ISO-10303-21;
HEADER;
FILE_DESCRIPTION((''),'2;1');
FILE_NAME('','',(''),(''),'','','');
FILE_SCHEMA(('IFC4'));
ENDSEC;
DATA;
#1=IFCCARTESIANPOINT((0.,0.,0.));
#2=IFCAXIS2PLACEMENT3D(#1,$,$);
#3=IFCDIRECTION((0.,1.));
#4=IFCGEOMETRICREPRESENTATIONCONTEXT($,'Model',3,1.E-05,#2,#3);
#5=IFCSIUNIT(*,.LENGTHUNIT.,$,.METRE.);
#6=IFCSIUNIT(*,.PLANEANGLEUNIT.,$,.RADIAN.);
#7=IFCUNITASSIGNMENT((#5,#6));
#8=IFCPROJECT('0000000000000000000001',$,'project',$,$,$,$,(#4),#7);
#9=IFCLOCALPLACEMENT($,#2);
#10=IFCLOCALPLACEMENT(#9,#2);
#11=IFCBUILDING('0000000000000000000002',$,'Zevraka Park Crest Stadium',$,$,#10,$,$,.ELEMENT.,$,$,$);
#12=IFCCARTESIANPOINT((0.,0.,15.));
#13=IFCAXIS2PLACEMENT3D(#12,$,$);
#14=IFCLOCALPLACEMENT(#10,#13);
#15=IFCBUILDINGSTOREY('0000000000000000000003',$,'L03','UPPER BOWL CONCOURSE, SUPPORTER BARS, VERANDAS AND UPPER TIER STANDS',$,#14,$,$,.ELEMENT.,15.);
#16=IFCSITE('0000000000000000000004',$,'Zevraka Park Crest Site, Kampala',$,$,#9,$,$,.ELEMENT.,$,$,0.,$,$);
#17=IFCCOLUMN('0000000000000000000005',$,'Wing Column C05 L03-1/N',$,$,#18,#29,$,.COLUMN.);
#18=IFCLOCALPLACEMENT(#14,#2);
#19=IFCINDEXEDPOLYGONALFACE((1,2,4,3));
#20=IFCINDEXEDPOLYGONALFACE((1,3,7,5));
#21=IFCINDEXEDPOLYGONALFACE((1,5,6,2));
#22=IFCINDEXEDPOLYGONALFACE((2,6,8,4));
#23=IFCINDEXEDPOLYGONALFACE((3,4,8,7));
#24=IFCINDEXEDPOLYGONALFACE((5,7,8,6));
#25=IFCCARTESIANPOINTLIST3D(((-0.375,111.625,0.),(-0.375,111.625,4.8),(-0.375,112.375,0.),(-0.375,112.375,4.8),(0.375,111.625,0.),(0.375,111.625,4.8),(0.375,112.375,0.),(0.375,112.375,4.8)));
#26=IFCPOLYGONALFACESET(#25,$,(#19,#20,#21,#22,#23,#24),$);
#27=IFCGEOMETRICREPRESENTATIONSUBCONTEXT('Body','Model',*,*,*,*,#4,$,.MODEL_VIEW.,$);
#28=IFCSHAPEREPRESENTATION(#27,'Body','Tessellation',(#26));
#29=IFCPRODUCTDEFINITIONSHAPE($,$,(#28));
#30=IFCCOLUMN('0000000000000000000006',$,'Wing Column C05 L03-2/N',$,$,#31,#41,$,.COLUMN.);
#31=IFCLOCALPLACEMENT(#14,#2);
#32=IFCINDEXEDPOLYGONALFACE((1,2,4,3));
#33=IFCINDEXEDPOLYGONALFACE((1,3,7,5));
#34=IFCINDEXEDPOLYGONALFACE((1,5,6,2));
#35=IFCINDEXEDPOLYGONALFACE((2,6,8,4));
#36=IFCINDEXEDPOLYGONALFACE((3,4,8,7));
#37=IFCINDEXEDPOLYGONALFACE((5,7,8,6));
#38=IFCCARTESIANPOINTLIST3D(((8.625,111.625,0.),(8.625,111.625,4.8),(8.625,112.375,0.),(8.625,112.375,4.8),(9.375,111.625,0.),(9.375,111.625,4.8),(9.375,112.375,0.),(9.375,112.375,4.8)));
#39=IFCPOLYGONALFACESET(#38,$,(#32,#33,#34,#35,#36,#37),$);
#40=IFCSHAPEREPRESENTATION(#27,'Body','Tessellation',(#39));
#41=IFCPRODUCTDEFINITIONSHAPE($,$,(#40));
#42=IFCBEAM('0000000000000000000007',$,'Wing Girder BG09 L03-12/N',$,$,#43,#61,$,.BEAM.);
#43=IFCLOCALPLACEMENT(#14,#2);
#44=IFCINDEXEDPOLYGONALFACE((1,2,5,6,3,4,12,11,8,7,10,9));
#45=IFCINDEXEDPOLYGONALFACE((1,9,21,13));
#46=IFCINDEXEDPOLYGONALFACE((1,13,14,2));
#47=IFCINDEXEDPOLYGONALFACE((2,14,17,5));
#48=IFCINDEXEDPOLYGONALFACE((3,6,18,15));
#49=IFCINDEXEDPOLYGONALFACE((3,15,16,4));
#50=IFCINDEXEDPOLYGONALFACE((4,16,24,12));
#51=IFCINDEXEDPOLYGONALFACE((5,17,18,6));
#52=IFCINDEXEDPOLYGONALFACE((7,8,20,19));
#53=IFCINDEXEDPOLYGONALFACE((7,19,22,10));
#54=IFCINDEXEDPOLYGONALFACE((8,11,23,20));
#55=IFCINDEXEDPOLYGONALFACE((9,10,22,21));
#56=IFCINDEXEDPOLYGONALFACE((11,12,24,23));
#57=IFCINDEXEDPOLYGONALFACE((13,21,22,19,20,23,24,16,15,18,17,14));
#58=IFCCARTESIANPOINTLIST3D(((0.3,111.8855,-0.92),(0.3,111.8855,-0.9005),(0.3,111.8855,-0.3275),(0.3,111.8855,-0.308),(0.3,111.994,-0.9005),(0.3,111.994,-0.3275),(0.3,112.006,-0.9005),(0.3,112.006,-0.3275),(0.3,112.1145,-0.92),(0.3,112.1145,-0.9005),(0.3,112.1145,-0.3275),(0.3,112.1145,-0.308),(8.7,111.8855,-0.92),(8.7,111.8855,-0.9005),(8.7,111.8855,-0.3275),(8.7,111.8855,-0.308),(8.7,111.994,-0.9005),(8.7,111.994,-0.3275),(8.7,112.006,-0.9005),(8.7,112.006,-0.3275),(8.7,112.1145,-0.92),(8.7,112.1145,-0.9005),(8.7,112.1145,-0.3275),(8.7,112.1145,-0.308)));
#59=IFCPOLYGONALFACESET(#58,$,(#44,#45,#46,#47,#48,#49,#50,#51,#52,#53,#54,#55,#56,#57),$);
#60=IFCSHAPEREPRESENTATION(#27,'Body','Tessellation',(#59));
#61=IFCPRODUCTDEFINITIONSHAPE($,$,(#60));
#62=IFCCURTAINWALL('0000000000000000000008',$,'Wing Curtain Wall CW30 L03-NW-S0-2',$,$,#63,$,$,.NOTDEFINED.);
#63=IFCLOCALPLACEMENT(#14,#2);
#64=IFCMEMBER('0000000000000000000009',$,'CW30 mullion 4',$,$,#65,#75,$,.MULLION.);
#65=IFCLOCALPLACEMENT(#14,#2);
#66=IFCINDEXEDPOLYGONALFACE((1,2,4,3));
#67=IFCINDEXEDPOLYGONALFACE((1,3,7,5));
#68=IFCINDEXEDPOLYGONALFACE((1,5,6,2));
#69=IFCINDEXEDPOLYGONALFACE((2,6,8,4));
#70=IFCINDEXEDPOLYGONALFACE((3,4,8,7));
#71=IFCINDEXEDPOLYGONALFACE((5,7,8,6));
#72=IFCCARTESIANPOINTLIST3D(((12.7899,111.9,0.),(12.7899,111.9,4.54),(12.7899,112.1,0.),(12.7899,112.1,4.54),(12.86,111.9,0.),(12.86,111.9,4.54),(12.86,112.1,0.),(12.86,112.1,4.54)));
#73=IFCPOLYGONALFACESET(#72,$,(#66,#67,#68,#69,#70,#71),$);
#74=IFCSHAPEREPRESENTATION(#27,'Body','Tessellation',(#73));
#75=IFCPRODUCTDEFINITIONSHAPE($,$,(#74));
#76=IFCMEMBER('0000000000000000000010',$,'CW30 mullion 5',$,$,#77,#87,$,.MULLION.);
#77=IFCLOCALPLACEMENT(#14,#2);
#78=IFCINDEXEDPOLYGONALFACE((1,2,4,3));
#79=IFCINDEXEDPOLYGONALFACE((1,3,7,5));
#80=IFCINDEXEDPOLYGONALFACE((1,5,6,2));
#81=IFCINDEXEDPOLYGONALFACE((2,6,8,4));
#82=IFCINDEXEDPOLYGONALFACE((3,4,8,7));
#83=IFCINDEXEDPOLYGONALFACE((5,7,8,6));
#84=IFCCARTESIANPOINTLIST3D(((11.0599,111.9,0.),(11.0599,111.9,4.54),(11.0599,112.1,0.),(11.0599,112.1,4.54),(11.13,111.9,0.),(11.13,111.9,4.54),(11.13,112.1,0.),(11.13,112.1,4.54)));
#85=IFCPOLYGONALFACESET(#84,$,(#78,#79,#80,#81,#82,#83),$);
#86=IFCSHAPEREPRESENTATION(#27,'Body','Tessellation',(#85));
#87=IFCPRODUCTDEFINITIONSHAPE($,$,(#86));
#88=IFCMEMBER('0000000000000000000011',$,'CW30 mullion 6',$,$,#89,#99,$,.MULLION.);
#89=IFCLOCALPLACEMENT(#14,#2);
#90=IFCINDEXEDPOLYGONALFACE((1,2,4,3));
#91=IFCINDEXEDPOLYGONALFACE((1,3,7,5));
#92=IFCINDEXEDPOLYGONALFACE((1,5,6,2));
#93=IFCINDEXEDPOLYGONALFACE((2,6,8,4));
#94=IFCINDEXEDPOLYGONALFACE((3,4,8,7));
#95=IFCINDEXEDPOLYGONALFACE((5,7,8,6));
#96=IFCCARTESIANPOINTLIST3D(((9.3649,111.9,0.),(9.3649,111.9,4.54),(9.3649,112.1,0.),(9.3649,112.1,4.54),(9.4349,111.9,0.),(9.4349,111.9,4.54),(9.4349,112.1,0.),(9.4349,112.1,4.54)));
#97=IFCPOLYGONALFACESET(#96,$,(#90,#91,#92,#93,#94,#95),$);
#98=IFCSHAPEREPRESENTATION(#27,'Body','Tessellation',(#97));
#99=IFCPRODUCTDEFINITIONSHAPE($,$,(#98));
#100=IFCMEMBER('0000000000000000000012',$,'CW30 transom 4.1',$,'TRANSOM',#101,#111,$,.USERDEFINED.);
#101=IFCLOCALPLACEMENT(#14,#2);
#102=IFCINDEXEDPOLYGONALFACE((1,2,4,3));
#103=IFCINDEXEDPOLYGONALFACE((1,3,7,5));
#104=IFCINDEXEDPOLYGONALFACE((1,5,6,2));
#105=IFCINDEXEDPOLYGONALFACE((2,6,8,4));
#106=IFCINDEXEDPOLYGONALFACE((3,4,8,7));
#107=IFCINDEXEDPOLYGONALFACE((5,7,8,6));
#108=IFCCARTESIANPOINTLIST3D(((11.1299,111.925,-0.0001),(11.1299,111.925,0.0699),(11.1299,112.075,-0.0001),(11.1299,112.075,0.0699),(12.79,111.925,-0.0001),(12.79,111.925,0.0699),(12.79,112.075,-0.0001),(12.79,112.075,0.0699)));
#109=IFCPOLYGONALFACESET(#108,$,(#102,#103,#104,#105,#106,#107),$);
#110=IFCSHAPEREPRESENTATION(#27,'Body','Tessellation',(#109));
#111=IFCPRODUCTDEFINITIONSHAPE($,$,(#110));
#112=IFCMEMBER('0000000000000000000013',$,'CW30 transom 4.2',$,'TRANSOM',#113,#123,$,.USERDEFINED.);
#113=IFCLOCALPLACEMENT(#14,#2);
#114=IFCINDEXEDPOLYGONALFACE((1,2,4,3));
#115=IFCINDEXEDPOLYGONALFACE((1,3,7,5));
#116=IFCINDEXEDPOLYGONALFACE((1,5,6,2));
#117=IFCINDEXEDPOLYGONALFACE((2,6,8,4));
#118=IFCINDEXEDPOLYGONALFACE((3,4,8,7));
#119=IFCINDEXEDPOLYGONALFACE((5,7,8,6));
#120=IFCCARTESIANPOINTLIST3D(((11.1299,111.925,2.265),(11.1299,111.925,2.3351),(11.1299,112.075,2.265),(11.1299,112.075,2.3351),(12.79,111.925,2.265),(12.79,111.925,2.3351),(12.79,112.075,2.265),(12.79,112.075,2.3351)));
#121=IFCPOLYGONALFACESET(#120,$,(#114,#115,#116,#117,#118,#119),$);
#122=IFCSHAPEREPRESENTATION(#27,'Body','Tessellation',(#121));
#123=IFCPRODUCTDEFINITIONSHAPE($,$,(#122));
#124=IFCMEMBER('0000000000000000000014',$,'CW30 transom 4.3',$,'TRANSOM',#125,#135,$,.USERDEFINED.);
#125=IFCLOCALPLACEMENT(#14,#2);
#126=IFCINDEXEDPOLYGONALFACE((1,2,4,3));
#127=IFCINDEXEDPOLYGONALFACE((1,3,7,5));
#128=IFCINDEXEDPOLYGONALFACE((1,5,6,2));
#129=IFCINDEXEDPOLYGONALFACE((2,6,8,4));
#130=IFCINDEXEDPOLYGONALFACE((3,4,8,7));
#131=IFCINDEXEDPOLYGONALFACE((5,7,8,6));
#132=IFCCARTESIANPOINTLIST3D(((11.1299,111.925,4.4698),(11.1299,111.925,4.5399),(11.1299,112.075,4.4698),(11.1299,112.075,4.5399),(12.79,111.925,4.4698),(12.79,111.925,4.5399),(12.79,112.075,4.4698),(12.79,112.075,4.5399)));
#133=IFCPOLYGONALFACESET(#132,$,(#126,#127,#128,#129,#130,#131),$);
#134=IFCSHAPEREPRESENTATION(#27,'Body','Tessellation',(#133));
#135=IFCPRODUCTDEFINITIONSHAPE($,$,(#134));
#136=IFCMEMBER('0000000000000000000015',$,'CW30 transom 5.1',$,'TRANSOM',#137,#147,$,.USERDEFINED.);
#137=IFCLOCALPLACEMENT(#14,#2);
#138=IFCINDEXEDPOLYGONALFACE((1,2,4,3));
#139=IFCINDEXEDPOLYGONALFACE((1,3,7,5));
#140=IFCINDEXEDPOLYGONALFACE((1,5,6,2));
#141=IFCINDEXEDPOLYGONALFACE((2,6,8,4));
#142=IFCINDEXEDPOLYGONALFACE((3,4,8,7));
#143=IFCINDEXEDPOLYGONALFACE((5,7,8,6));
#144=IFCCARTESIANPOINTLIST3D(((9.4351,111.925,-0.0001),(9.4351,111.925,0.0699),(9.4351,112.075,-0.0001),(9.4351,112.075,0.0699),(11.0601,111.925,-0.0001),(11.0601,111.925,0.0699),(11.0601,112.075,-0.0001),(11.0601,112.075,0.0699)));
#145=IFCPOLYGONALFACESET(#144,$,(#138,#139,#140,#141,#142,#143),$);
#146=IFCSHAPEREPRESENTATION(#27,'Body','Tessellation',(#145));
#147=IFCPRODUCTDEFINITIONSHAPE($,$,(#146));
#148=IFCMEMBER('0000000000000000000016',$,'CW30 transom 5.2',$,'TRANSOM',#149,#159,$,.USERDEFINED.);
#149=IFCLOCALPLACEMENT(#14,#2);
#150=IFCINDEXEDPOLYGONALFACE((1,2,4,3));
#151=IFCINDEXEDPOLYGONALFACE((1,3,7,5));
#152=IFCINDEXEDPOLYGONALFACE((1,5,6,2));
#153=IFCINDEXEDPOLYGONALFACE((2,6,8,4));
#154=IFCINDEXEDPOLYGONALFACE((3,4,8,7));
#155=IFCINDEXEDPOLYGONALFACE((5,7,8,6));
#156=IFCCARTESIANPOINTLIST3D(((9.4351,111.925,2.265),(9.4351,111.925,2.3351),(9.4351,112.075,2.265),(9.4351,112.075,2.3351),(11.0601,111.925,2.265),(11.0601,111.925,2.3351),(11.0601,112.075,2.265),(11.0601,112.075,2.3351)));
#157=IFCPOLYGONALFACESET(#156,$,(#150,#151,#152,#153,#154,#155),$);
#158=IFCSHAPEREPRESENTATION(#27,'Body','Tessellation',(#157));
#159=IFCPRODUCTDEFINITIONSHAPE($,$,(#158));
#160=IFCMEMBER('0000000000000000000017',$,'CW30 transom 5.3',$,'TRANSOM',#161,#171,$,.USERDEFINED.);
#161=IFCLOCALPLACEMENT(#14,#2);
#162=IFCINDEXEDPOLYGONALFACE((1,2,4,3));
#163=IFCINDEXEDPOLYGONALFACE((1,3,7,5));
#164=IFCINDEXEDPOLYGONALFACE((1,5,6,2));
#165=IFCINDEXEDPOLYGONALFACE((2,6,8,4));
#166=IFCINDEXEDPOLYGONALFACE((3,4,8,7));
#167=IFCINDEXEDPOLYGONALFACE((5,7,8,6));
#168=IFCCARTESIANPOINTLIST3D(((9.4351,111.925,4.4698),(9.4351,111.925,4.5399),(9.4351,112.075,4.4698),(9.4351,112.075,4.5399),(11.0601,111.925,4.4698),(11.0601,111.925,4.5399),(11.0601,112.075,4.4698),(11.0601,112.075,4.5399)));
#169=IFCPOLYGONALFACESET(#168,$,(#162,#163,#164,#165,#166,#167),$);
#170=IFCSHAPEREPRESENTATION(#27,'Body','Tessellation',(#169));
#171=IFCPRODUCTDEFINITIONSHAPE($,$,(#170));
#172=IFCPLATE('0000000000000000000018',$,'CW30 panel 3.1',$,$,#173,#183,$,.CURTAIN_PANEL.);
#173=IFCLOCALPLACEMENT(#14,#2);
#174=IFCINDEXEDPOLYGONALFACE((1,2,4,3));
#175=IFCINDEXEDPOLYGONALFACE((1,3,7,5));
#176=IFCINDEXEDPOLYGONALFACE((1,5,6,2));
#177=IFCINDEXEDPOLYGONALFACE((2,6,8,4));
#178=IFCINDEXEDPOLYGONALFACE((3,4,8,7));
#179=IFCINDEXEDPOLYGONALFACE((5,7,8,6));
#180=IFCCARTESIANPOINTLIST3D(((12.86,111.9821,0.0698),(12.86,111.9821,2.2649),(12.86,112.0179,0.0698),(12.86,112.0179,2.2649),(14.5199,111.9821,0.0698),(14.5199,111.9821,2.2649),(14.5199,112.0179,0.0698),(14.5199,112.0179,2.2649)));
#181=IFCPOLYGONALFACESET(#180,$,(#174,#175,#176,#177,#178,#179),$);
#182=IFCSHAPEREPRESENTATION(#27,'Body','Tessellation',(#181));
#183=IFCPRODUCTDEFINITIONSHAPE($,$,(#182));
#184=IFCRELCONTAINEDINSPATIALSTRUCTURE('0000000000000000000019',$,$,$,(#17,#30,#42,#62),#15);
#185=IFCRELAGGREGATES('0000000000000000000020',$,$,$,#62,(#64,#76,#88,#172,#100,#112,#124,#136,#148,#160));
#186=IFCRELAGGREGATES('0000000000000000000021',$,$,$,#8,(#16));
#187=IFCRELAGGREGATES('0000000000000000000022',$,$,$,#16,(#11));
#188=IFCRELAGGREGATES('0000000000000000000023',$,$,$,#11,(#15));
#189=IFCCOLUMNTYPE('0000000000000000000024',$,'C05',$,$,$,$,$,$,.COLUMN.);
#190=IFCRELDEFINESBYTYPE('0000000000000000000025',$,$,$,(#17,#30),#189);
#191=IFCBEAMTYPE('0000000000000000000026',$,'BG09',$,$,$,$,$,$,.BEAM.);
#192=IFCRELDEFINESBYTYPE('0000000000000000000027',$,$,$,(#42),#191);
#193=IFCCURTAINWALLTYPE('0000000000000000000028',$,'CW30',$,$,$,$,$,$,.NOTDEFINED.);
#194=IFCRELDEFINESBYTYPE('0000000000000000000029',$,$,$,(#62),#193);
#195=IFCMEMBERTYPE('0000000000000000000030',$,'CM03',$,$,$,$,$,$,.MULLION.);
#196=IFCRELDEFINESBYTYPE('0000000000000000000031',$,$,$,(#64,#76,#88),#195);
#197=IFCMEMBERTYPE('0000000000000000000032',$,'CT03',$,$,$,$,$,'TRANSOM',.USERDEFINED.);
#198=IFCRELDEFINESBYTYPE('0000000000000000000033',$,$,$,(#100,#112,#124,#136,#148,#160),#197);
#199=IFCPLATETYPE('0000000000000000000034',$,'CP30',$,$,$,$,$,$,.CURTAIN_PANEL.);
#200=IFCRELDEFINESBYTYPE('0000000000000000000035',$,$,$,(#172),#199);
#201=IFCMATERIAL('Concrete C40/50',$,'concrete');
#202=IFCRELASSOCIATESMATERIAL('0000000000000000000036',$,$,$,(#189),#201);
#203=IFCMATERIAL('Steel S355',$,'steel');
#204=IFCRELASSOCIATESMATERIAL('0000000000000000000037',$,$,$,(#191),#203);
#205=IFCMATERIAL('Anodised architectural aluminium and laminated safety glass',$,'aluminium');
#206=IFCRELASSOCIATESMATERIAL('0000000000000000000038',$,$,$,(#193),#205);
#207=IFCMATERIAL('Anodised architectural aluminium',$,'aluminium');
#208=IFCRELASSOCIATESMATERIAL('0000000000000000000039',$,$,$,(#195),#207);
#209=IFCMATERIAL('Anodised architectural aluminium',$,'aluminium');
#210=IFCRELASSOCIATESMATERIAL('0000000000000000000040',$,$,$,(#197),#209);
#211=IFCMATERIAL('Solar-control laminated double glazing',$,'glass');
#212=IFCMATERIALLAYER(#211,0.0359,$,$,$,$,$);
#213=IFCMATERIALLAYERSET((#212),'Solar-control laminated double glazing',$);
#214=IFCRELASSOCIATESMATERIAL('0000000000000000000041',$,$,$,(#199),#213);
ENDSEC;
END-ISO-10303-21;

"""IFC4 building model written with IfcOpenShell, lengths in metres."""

from ifc_helpers import new_model, si_unit, direction, frame, origin, origin_2d, place, context, subcontext, project, spatial, rectangle, i_section, extrude, material, layer, layer_set, material_profile, profile_set, type_object, element, aggregate, save


model = new_model("IFC4")

# Units and contexts
model_context = context("Model", 3, precision=1e-05, world=origin(), true_north=direction((0.0, 1.0)))
body_context = subcontext(model_context, "Body", "Model", "MODEL_VIEW")
ifc_project = project(units=[si_unit("LENGTHUNIT", "METRE"), si_unit("PLANEANGLEUNIT", "RADIAN")], contexts=[model_context])

# Site, building, storey
site_placement = place(None, origin())
site = spatial("IfcSite", under=ifc_project, at=site_placement, Name="Zevraka Park Crest Site, Kampala", CompositionType="ELEMENT", RefElevation=0.0)
building_placement = place(site_placement, origin())
building = spatial("IfcBuilding", under=site, at=building_placement, Name="Zevraka Park Crest Stadium", CompositionType="ELEMENT")
storey_placement = place(building_placement, frame((0.0, 0.0, 15.0)))
storey = spatial("IfcBuildingStorey", under=building, at=storey_placement, Name="L03", Description="UPPER BOWL CONCOURSE, SUPPORTER BARS, VERANDAS AND UPPER TIER STANDS", CompositionType="ELEMENT", Elevation=15.0)

# Columns
ifc_material_1 = material(Name="Concrete C40/50", Category="concrete")
ifc_material_profile_1 = material_profile(ifc_material_1, rectangle(XDim=0.75, YDim=0.75, at=origin_2d()), Name="RC 750x750")
ifc_profile_set_1 = profile_set([ifc_material_profile_1], Name="Concrete C40/50")
column_type = type_object("IfcColumnType", Name="C05", PredefinedType="COLUMN", material=ifc_profile_set_1)
for number, where, z_axis, x_axis, name in (
    (1, (0.0, 112.0, 0.0), (0.0, 0.0, 1.0), (1.0, 0.0, 0.0), "Wing Column C05 L03-1/N"),
    (2, (9.0, 112.0, 0.0), (0.0, 0.0, 1.0), (1.0, 0.0, 0.0), "Wing Column C05 L03-2/N"),
):
    element("IfcColumn", number, at=place(storey_placement, frame(where, z_axis=z_axis, x_axis=x_axis)), inside=storey, type_object=column_type, Name=name, PredefinedType="COLUMN", context=body_context, shape_type="SweptSolid", body=[
        extrude(rectangle(XDim=0.75, YDim=0.75, at=origin_2d()), origin(), (0.0, 0.0, 1.0), 4.8),
    ])

# Beam
ifc_material_2 = material(Name="Steel S355", Category="steel")
ifc_material_profile_2 = material_profile(ifc_material_2, i_section(OverallWidth=0.229, OverallDepth=0.6121, WebThickness=0.012, FlangeThickness=0.0195, at=origin_2d()), Name="UKB 610x229x125")
ifc_profile_set_2 = profile_set([ifc_material_profile_2], Name="Steel S355")
beam_type = type_object("IfcBeamType", Name="BG09", PredefinedType="BEAM", material=ifc_profile_set_2)
beam_placement = place(storey_placement, frame((0.3, 112.0, -0.614), z_axis=(1.0, 0.0, 0.0), x_axis=(0.0, 1.0, 0.0)))
element("IfcBeam", 3, at=beam_placement, inside=storey, type_object=beam_type, Name="Wing Girder BG09 L03-12/N", PredefinedType="BEAM", context=body_context, shape_type="SweptSolid", body=[
    extrude(i_section(OverallWidth=0.229, OverallDepth=0.6121, WebThickness=0.012, FlangeThickness=0.0195, at=origin_2d()), origin(), (0.0, 0.0, 1.0), 8.3999),
])

# Curtain wall, members, plate
ifc_material_3 = material(Name="Anodised architectural aluminium and laminated safety glass", Category="aluminium")
curtain_wall_type = type_object("IfcCurtainWallType", Name="CW30", PredefinedType="NOTDEFINED", material=ifc_material_3)
curtain_wall_placement = place(storey_placement, origin())
curtain_wall = element("IfcCurtainWall", 4, at=curtain_wall_placement, inside=storey, type_object=curtain_wall_type, Name="Wing Curtain Wall CW30 L03-NW-S0-2", PredefinedType="NOTDEFINED")
ifc_material_4 = material(Name="Anodised architectural aluminium", Category="aluminium")
ifc_material_profile_3 = material_profile(ifc_material_4, rectangle(XDim=0.2, YDim=0.0701, at=origin_2d()), Name="ALU MULLION 200x70")
ifc_profile_set_3 = profile_set([ifc_material_profile_3], Name="Anodised architectural aluminium")
member_type_1 = type_object("IfcMemberType", Name="CM03", PredefinedType="MULLION", material=ifc_profile_set_3)
member_1_placement = place(storey_placement, frame((12.825, 112.0, 0.0), z_axis=(0.0, 0.0, 1.0), x_axis=(0.0, -1.0, 0.0)))
member_1 = element("IfcMember", 5, at=member_1_placement, type_object=member_type_1, Name="CW30 mullion 4", PredefinedType="MULLION", context=body_context, shape_type="SweptSolid", body=[
    extrude(rectangle(XDim=0.2, YDim=0.0701, at=origin_2d()), origin(), (0.0, 0.0, 1.0), 4.54),
])
member_2_placement = place(storey_placement, frame((11.095, 112.0, 0.0), z_axis=(0.0, 0.0, 1.0), x_axis=(0.0, -1.0, 0.0)))
member_2 = element("IfcMember", 6, at=member_2_placement, type_object=member_type_1, Name="CW30 mullion 5", PredefinedType="MULLION", context=body_context, shape_type="SweptSolid", body=[
    extrude(rectangle(XDim=0.2, YDim=0.0701, at=origin_2d()), origin(), (0.0, 0.0, 1.0), 4.54),
])
member_3_placement = place(storey_placement, frame((9.3999, 112.0, 0.0), z_axis=(0.0, 0.0, 1.0), x_axis=(0.0, -1.0, 0.0)))
member_3 = element("IfcMember", 7, at=member_3_placement, type_object=member_type_1, Name="CW30 mullion 6", PredefinedType="MULLION", context=body_context, shape_type="SweptSolid", body=[
    extrude(rectangle(XDim=0.2, YDim=0.0701, at=origin_2d()), origin(), (0.0, 0.0, 1.0), 4.54),
])
ifc_material_5 = material(Name="Anodised architectural aluminium", Category="aluminium")
ifc_material_profile_4 = material_profile(ifc_material_5, rectangle(XDim=0.1499, YDim=0.0701, at=origin_2d()), Name="ALU TRANSOM 150x70")
ifc_profile_set_4 = profile_set([ifc_material_profile_4], Name="Anodised architectural aluminium")
member_type_2 = type_object("IfcMemberType", Name="CT03", ElementType="TRANSOM", PredefinedType="USERDEFINED", material=ifc_profile_set_4)
member_4_placement = place(storey_placement, frame((12.79, 112.0, 0.0349), z_axis=(-1.0, 0.0, 0.0), x_axis=(0.0, -1.0, 0.0)))
member_4 = element("IfcMember", 8, at=member_4_placement, type_object=member_type_2, Name="CW30 transom 4.1", ObjectType="TRANSOM", PredefinedType="USERDEFINED", context=body_context, shape_type="SweptSolid", body=[
    extrude(rectangle(XDim=0.1499, YDim=0.0701, at=origin_2d()), origin(), (0.0, 0.0, 1.0), 1.6602),
])
member_5_placement = place(storey_placement, frame((12.79, 112.0, 2.3), z_axis=(-1.0, 0.0, 0.0), x_axis=(0.0, -1.0, 0.0)))
member_5 = element("IfcMember", 9, at=member_5_placement, type_object=member_type_2, Name="CW30 transom 4.2", ObjectType="TRANSOM", PredefinedType="USERDEFINED", context=body_context, shape_type="SweptSolid", body=[
    extrude(rectangle(XDim=0.1499, YDim=0.0701, at=origin_2d()), origin(), (0.0, 0.0, 1.0), 1.6602),
])
member_6_placement = place(storey_placement, frame((12.79, 112.0, 4.5049), z_axis=(-1.0, 0.0, 0.0), x_axis=(0.0, -1.0, 0.0)))
member_6 = element("IfcMember", 10, at=member_6_placement, type_object=member_type_2, Name="CW30 transom 4.3", ObjectType="TRANSOM", PredefinedType="USERDEFINED", context=body_context, shape_type="SweptSolid", body=[
    extrude(rectangle(XDim=0.1499, YDim=0.0701, at=origin_2d()), origin(), (0.0, 0.0, 1.0), 1.6602),
])
member_7_placement = place(storey_placement, frame((11.0601, 112.0, 0.0349), z_axis=(-1.0, 0.0, 0.0), x_axis=(0.0, -1.0, 0.0)))
member_7 = element("IfcMember", 11, at=member_7_placement, type_object=member_type_2, Name="CW30 transom 5.1", ObjectType="TRANSOM", PredefinedType="USERDEFINED", context=body_context, shape_type="SweptSolid", body=[
    extrude(rectangle(XDim=0.1499, YDim=0.0701, at=origin_2d()), origin(), (0.0, 0.0, 1.0), 1.625),
])
member_8_placement = place(storey_placement, frame((11.0601, 112.0, 2.3), z_axis=(-1.0, 0.0, 0.0), x_axis=(0.0, -1.0, 0.0)))
member_8 = element("IfcMember", 12, at=member_8_placement, type_object=member_type_2, Name="CW30 transom 5.2", ObjectType="TRANSOM", PredefinedType="USERDEFINED", context=body_context, shape_type="SweptSolid", body=[
    extrude(rectangle(XDim=0.1499, YDim=0.0701, at=origin_2d()), origin(), (0.0, 0.0, 1.0), 1.625),
])
member_9_placement = place(storey_placement, frame((11.0601, 112.0, 4.5049), z_axis=(-1.0, 0.0, 0.0), x_axis=(0.0, -1.0, 0.0)))
member_9 = element("IfcMember", 13, at=member_9_placement, type_object=member_type_2, Name="CW30 transom 5.3", ObjectType="TRANSOM", PredefinedType="USERDEFINED", context=body_context, shape_type="SweptSolid", body=[
    extrude(rectangle(XDim=0.1499, YDim=0.0701, at=origin_2d()), origin(), (0.0, 0.0, 1.0), 1.625),
])
ifc_material_6 = material(Name="Solar-control laminated double glazing", Category="glass")
ifc_layer_1 = layer(ifc_material_6, 0.0359)
ifc_layer_set_1 = layer_set([ifc_layer_1], Name="Solar-control laminated double glazing")
plate_type = type_object("IfcPlateType", Name="CP30", PredefinedType="CURTAIN_PANEL", material=ifc_layer_set_1)
plate_1_placement = place(storey_placement, frame((13.6899, 112.0, 0.0698), z_axis=(0.0, 0.0, 1.0), x_axis=(-1.0, 0.0, 0.0)))
plate_1 = element("IfcPlate", 14, at=plate_1_placement, type_object=plate_type, Name="CW30 panel 3.1", PredefinedType="CURTAIN_PANEL", context=body_context, shape_type="SweptSolid", body=[
    extrude(rectangle(XDim=1.6599, YDim=0.0359, at=origin_2d()), origin(), (0.0, 0.0, 1.0), 2.1951),
])
aggregate(curtain_wall, [member_1, member_2, member_3, plate_1, member_4, member_5, member_6, member_7, member_8, member_9])

save(model, "model.ifc")
